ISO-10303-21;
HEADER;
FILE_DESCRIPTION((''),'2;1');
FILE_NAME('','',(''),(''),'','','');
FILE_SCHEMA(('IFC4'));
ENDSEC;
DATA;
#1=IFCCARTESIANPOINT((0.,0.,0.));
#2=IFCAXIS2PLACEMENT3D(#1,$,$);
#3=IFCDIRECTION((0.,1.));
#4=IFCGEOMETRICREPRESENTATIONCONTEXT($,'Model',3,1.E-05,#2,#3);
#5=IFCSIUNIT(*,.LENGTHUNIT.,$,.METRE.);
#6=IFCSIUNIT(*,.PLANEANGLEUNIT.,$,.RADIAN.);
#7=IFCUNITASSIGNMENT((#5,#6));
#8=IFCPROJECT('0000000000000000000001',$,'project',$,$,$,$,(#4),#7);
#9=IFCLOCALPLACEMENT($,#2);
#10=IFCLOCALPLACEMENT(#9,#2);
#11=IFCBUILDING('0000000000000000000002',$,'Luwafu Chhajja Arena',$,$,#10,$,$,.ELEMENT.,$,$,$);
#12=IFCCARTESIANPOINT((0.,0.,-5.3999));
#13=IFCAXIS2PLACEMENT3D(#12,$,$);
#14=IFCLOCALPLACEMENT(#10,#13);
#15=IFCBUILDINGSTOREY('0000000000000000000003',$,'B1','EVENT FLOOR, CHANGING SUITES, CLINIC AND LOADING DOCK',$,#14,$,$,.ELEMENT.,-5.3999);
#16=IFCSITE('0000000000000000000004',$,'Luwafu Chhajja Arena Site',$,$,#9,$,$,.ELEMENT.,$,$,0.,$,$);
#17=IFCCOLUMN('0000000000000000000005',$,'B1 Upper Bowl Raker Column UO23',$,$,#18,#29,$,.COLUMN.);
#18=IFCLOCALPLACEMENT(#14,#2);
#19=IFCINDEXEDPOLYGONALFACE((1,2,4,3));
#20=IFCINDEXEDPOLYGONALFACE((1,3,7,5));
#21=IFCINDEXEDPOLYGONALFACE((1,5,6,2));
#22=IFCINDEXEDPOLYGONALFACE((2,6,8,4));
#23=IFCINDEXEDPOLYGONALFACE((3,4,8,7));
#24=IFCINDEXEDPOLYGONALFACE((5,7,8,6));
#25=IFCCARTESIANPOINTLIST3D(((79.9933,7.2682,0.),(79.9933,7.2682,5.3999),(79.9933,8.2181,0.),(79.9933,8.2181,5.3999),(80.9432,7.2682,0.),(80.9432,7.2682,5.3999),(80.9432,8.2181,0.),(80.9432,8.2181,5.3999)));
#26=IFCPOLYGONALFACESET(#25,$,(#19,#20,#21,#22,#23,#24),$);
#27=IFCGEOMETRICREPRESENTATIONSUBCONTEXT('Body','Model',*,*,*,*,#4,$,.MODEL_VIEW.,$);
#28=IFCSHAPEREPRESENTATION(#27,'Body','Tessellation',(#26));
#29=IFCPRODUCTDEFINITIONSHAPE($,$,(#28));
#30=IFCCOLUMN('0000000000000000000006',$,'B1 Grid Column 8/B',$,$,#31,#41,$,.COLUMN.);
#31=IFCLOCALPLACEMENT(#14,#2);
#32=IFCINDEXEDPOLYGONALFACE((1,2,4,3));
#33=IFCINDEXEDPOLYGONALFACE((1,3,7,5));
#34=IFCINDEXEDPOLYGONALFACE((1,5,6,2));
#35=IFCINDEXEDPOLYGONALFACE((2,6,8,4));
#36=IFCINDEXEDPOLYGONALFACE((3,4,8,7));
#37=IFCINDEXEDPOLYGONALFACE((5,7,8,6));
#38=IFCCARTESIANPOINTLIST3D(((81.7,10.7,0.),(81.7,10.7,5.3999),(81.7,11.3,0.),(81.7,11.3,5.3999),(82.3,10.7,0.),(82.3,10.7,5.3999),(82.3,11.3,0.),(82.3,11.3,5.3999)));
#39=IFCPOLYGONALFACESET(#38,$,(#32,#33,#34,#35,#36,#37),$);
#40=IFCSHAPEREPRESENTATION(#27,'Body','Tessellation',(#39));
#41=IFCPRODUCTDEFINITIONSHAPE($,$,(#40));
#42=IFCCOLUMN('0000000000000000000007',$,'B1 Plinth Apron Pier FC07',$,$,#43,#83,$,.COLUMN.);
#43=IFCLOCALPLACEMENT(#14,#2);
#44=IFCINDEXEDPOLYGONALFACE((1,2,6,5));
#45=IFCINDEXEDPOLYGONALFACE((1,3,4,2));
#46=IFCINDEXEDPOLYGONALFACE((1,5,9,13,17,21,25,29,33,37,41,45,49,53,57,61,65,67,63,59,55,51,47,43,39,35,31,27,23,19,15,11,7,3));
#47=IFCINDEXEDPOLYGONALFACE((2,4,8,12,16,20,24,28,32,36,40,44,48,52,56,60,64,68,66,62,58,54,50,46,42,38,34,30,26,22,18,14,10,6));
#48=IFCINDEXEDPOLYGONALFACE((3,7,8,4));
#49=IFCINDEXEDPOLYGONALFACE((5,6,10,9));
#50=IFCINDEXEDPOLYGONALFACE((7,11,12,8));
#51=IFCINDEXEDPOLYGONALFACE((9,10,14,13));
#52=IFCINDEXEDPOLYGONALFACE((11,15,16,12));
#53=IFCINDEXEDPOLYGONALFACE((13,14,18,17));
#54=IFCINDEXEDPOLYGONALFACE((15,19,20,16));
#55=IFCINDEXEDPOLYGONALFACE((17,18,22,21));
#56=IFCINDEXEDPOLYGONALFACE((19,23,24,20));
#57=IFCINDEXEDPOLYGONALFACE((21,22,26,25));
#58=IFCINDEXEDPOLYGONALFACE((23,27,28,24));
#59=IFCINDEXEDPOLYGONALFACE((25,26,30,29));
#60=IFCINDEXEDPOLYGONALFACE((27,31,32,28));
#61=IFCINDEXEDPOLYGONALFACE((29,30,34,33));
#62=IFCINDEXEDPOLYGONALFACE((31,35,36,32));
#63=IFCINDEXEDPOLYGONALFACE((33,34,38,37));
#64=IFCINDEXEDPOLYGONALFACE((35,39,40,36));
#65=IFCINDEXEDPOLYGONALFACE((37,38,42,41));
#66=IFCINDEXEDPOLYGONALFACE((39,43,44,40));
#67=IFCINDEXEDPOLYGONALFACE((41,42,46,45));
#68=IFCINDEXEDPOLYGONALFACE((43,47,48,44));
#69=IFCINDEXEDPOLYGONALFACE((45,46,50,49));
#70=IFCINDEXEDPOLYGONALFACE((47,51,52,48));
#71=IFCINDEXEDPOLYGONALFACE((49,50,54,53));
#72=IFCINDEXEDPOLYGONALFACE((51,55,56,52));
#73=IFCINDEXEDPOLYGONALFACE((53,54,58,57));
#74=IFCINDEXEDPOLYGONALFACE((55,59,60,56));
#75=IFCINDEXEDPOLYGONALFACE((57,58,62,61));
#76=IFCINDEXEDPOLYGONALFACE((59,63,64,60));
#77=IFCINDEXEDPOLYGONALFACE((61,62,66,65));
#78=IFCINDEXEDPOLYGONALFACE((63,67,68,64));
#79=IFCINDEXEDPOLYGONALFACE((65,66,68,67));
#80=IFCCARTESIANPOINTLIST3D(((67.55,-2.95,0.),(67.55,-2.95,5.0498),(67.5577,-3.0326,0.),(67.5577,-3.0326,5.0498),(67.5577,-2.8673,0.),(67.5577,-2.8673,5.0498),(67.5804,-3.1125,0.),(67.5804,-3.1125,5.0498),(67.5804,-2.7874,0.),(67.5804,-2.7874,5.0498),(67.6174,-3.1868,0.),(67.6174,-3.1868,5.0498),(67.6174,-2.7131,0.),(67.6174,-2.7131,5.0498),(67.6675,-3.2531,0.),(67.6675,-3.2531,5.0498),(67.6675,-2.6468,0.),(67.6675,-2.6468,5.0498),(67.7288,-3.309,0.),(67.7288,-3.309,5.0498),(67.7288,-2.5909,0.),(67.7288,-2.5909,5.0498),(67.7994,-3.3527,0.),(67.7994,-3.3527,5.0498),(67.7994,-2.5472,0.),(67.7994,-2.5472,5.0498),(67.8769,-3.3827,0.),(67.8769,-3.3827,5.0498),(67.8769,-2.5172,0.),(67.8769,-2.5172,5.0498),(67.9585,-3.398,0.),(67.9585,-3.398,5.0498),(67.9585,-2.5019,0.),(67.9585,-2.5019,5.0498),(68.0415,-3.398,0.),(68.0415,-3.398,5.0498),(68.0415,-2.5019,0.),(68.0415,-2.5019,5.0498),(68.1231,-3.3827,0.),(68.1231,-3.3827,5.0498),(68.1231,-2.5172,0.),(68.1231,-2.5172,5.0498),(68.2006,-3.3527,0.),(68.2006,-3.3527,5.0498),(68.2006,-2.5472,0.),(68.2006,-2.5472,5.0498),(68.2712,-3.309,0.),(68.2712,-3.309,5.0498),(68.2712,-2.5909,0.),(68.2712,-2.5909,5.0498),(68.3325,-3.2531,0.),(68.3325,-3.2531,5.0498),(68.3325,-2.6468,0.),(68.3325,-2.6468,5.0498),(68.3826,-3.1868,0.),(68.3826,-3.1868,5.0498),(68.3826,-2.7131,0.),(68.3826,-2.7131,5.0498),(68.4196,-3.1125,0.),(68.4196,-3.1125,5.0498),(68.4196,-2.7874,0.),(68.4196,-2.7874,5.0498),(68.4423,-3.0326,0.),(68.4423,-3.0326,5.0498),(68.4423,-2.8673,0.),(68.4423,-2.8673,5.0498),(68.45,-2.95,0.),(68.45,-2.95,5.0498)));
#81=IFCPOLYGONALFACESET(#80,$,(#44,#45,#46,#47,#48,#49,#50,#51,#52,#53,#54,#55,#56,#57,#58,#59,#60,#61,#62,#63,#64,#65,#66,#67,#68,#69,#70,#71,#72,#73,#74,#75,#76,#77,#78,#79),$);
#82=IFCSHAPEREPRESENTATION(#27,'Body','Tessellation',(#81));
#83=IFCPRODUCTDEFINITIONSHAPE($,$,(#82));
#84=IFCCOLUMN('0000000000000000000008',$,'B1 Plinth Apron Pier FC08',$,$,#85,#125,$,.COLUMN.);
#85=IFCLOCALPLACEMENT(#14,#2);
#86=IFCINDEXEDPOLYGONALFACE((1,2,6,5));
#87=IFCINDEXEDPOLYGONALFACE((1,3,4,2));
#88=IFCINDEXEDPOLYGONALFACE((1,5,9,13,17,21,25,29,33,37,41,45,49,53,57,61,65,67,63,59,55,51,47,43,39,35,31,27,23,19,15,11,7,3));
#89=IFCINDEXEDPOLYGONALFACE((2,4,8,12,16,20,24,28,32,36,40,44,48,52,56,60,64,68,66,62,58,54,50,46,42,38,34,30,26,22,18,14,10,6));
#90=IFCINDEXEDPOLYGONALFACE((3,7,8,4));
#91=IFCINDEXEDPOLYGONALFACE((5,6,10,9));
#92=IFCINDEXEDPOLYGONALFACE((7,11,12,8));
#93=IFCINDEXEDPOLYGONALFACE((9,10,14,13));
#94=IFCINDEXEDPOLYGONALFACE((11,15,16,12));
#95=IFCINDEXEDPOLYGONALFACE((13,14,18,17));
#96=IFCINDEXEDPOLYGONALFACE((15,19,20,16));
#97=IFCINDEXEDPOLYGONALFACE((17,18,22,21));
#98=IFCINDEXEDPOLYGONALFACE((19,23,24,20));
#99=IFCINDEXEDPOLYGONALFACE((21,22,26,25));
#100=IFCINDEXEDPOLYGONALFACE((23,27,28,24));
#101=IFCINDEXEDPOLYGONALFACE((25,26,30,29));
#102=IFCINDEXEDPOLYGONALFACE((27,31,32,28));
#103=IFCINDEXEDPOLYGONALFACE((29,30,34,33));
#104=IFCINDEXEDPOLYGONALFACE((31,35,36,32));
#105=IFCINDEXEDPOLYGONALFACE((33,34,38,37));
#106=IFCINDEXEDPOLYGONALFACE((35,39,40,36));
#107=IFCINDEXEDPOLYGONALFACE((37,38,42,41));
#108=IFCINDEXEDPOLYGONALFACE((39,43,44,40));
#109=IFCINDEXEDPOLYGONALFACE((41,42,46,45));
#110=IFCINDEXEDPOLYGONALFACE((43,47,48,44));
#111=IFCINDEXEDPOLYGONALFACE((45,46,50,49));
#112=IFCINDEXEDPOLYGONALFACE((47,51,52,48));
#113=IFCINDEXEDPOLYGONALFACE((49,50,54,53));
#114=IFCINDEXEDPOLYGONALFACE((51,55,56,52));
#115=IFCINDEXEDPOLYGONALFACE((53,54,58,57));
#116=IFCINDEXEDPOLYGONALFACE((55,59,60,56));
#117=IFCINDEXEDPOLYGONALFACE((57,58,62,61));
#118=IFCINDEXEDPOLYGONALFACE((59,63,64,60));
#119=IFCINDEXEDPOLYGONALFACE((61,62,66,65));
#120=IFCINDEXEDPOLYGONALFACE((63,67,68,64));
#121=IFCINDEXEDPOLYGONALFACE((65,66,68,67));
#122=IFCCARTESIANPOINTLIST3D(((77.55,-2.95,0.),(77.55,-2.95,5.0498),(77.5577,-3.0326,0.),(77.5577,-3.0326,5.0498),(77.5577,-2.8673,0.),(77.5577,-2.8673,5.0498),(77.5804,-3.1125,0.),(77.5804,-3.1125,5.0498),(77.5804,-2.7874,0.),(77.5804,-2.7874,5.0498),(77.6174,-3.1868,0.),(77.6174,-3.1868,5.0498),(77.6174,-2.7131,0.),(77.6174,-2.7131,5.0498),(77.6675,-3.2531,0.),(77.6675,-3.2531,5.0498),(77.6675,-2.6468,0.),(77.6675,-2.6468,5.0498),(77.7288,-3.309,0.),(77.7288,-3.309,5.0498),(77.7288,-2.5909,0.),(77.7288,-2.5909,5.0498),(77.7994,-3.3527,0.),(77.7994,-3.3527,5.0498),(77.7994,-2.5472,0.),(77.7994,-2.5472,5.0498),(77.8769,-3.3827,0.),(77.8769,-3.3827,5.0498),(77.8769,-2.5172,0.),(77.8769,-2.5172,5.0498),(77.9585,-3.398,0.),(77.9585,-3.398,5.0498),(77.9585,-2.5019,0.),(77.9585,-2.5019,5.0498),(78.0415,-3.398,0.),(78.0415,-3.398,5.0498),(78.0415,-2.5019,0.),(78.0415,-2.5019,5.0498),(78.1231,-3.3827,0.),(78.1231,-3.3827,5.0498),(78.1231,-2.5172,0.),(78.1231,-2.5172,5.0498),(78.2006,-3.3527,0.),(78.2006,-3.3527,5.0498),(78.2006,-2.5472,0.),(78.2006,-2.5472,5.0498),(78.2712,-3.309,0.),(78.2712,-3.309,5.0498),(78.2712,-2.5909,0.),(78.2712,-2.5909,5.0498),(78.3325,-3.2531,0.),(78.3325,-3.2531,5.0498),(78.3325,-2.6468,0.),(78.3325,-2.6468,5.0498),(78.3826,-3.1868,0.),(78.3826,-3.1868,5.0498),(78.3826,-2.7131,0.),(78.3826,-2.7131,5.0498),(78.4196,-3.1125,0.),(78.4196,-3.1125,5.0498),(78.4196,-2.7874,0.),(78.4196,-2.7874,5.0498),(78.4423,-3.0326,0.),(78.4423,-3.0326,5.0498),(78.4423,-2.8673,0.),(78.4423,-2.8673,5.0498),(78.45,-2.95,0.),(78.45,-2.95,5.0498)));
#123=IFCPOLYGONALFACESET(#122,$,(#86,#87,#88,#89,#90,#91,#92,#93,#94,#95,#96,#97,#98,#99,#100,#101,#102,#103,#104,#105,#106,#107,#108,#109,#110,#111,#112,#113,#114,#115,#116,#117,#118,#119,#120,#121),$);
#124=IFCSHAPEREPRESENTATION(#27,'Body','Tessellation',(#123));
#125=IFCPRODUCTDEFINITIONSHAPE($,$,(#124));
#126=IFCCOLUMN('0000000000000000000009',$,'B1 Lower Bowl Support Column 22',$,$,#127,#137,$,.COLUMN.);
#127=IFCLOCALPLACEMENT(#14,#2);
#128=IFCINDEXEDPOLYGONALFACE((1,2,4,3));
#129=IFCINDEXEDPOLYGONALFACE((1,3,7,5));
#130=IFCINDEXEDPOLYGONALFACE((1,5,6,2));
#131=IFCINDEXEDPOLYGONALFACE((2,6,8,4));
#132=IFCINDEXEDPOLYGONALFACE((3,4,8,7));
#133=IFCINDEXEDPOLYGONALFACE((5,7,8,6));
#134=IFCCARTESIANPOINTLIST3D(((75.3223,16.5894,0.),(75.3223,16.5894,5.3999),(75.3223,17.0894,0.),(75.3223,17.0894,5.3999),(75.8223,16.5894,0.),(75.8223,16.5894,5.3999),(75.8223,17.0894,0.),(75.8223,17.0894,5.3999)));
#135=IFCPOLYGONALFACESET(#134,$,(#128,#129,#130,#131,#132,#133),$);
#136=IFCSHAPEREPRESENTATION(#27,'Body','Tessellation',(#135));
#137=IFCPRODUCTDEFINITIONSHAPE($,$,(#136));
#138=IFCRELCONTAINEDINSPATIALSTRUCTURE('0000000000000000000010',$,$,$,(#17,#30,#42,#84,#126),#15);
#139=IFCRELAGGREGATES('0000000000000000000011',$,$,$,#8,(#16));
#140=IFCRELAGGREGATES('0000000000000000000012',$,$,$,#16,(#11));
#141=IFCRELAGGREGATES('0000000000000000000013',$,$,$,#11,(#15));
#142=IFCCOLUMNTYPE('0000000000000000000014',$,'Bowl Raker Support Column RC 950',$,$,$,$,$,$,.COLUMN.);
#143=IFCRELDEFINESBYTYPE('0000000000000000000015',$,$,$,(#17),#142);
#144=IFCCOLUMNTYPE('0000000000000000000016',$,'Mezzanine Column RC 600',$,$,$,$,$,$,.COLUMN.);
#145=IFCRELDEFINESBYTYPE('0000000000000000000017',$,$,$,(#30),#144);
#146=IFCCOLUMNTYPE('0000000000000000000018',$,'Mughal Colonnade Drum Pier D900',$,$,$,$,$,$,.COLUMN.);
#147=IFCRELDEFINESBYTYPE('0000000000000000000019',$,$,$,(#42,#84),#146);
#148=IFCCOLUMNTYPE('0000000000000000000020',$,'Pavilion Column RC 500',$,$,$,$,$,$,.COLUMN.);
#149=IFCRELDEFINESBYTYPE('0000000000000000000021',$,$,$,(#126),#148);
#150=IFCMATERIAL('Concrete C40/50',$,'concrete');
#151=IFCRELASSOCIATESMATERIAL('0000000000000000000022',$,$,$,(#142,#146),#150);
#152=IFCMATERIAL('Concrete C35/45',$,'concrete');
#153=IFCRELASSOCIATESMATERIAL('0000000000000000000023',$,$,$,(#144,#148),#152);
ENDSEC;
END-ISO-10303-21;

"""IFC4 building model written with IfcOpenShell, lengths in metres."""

from ifc_helpers import new_model, si_unit, direction, frame, origin, origin_2d, place, context, subcontext, project, spatial, rectangle, circle, extrude, material, material_profile, profile_set, type_object, element, save


model = new_model("IFC4")

# Units and contexts
model_context = context("Model", 3, precision=1e-05, world=origin(), true_north=direction((0.0, 1.0)))
body_context = subcontext(model_context, "Body", "Model", "MODEL_VIEW")
ifc_project = project(units=[si_unit("LENGTHUNIT", "METRE"), si_unit("PLANEANGLEUNIT", "RADIAN")], contexts=[model_context])

# Site, building, storey
site_placement = place(None, origin())
site = spatial("IfcSite", under=ifc_project, at=site_placement, Name="Luwafu Chhajja Arena Site", CompositionType="ELEMENT", RefElevation=0.0)
building_placement = place(site_placement, origin())
building = spatial("IfcBuilding", under=site, at=building_placement, Name="Luwafu Chhajja Arena", CompositionType="ELEMENT")
storey_placement = place(building_placement, frame((0.0, 0.0, -5.3999)))
storey = spatial("IfcBuildingStorey", under=building, at=storey_placement, Name="B1", Description="EVENT FLOOR, CHANGING SUITES, CLINIC AND LOADING DOCK", CompositionType="ELEMENT", Elevation=-5.3999)

# Shared definitions
ifc_material_1 = material(Name="Concrete C35/45", Category="concrete")

# Columns
ifc_material_2 = material(Name="Concrete C40/50", Category="concrete")
ifc_material_profile_1 = material_profile(ifc_material_2, rectangle(XDim=0.95, YDim=0.95, at=origin_2d()), Name="RC 950x950")
ifc_profile_set_1 = profile_set([ifc_material_profile_1], Name="Concrete C40/50")
column_type_1 = type_object("IfcColumnType", Name="Bowl Raker Support Column RC 950", PredefinedType="COLUMN", material=ifc_profile_set_1)
for number, where, z_axis, x_axis, name in (
    (1, (80.4683, 7.7432, 0.0), (0.0, 0.0, 1.0), (1.0, 0.0, 0.0), "B1 Upper Bowl Raker Column UO23"),
):
    element("IfcColumn", number, at=place(storey_placement, frame(where, z_axis=z_axis, x_axis=x_axis)), inside=storey, type_object=column_type_1, Name=name, PredefinedType="COLUMN", context=body_context, shape_type="SweptSolid", body=[
        extrude(rectangle(XDim=0.95, YDim=0.95, at=origin_2d()), origin(), (0.0, 0.0, 1.0), 5.3999),
    ])
ifc_material_profile_2 = material_profile(ifc_material_1, rectangle(XDim=0.6001, YDim=0.6001, at=origin_2d()), Name="RC 600x600")
ifc_profile_set_2 = profile_set([ifc_material_profile_2], Name="Concrete C35/45")
column_type_2 = type_object("IfcColumnType", Name="Mezzanine Column RC 600", PredefinedType="COLUMN", material=ifc_profile_set_2)
column_1_placement = place(storey_placement, frame((82.0, 11.0, 0.0), z_axis=(0.0, 0.0, 1.0), x_axis=(1.0, 0.0, 0.0)))
element("IfcColumn", 2, at=column_1_placement, inside=storey, type_object=column_type_2, Name="B1 Grid Column 8/B", PredefinedType="COLUMN", context=body_context, shape_type="SweptSolid", body=[
    extrude(rectangle(XDim=0.6001, YDim=0.6001, at=origin_2d()), origin(), (0.0, 0.0, 1.0), 5.3999),
])
ifc_material_profile_3 = material_profile(ifc_material_2, circle(Radius=0.45, at=origin_2d()), Name="RC COL D900")
ifc_profile_set_3 = profile_set([ifc_material_profile_3], Name="Concrete C40/50")
column_type_3 = type_object("IfcColumnType", Name="Mughal Colonnade Drum Pier D900", PredefinedType="COLUMN", material=ifc_profile_set_3)
for number, where, z_axis, x_axis, name in (
    (3, (68.0, -2.95, 0.0), (0.0, 0.0, 1.0), (1.0, 0.0, 0.0), "B1 Plinth Apron Pier FC07"),
    (4, (78.0, -2.95, 0.0), (0.0, 0.0, 1.0), (1.0, 0.0, 0.0), "B1 Plinth Apron Pier FC08"),
):
    element("IfcColumn", number, at=place(storey_placement, frame(where, z_axis=z_axis, x_axis=x_axis)), inside=storey, type_object=column_type_3, Name=name, PredefinedType="COLUMN", context=body_context, shape_type="SweptSolid", body=[
        extrude(circle(Radius=0.45, at=origin_2d()), origin(), (0.0, 0.0, 1.0), 5.0498),
    ])
ifc_material_profile_4 = material_profile(ifc_material_1, rectangle(XDim=0.5, YDim=0.5, at=origin_2d()), Name="RC 500x500")
ifc_profile_set_4 = profile_set([ifc_material_profile_4], Name="Concrete C35/45")
column_type_4 = type_object("IfcColumnType", Name="Pavilion Column RC 500", PredefinedType="COLUMN", material=ifc_profile_set_4)
column_2_placement = place(storey_placement, frame((75.5723, 16.8394, 0.0), z_axis=(0.0, 0.0, 1.0), x_axis=(1.0, 0.0, 0.0)))
element("IfcColumn", 5, at=column_2_placement, inside=storey, type_object=column_type_4, Name="B1 Lower Bowl Support Column 22", PredefinedType="COLUMN", context=body_context, shape_type="SweptSolid", body=[
    extrude(rectangle(XDim=0.5, YDim=0.5, at=origin_2d()), origin(), (0.0, 0.0, 1.0), 5.3999),
])

save(model, "model.ifc")
